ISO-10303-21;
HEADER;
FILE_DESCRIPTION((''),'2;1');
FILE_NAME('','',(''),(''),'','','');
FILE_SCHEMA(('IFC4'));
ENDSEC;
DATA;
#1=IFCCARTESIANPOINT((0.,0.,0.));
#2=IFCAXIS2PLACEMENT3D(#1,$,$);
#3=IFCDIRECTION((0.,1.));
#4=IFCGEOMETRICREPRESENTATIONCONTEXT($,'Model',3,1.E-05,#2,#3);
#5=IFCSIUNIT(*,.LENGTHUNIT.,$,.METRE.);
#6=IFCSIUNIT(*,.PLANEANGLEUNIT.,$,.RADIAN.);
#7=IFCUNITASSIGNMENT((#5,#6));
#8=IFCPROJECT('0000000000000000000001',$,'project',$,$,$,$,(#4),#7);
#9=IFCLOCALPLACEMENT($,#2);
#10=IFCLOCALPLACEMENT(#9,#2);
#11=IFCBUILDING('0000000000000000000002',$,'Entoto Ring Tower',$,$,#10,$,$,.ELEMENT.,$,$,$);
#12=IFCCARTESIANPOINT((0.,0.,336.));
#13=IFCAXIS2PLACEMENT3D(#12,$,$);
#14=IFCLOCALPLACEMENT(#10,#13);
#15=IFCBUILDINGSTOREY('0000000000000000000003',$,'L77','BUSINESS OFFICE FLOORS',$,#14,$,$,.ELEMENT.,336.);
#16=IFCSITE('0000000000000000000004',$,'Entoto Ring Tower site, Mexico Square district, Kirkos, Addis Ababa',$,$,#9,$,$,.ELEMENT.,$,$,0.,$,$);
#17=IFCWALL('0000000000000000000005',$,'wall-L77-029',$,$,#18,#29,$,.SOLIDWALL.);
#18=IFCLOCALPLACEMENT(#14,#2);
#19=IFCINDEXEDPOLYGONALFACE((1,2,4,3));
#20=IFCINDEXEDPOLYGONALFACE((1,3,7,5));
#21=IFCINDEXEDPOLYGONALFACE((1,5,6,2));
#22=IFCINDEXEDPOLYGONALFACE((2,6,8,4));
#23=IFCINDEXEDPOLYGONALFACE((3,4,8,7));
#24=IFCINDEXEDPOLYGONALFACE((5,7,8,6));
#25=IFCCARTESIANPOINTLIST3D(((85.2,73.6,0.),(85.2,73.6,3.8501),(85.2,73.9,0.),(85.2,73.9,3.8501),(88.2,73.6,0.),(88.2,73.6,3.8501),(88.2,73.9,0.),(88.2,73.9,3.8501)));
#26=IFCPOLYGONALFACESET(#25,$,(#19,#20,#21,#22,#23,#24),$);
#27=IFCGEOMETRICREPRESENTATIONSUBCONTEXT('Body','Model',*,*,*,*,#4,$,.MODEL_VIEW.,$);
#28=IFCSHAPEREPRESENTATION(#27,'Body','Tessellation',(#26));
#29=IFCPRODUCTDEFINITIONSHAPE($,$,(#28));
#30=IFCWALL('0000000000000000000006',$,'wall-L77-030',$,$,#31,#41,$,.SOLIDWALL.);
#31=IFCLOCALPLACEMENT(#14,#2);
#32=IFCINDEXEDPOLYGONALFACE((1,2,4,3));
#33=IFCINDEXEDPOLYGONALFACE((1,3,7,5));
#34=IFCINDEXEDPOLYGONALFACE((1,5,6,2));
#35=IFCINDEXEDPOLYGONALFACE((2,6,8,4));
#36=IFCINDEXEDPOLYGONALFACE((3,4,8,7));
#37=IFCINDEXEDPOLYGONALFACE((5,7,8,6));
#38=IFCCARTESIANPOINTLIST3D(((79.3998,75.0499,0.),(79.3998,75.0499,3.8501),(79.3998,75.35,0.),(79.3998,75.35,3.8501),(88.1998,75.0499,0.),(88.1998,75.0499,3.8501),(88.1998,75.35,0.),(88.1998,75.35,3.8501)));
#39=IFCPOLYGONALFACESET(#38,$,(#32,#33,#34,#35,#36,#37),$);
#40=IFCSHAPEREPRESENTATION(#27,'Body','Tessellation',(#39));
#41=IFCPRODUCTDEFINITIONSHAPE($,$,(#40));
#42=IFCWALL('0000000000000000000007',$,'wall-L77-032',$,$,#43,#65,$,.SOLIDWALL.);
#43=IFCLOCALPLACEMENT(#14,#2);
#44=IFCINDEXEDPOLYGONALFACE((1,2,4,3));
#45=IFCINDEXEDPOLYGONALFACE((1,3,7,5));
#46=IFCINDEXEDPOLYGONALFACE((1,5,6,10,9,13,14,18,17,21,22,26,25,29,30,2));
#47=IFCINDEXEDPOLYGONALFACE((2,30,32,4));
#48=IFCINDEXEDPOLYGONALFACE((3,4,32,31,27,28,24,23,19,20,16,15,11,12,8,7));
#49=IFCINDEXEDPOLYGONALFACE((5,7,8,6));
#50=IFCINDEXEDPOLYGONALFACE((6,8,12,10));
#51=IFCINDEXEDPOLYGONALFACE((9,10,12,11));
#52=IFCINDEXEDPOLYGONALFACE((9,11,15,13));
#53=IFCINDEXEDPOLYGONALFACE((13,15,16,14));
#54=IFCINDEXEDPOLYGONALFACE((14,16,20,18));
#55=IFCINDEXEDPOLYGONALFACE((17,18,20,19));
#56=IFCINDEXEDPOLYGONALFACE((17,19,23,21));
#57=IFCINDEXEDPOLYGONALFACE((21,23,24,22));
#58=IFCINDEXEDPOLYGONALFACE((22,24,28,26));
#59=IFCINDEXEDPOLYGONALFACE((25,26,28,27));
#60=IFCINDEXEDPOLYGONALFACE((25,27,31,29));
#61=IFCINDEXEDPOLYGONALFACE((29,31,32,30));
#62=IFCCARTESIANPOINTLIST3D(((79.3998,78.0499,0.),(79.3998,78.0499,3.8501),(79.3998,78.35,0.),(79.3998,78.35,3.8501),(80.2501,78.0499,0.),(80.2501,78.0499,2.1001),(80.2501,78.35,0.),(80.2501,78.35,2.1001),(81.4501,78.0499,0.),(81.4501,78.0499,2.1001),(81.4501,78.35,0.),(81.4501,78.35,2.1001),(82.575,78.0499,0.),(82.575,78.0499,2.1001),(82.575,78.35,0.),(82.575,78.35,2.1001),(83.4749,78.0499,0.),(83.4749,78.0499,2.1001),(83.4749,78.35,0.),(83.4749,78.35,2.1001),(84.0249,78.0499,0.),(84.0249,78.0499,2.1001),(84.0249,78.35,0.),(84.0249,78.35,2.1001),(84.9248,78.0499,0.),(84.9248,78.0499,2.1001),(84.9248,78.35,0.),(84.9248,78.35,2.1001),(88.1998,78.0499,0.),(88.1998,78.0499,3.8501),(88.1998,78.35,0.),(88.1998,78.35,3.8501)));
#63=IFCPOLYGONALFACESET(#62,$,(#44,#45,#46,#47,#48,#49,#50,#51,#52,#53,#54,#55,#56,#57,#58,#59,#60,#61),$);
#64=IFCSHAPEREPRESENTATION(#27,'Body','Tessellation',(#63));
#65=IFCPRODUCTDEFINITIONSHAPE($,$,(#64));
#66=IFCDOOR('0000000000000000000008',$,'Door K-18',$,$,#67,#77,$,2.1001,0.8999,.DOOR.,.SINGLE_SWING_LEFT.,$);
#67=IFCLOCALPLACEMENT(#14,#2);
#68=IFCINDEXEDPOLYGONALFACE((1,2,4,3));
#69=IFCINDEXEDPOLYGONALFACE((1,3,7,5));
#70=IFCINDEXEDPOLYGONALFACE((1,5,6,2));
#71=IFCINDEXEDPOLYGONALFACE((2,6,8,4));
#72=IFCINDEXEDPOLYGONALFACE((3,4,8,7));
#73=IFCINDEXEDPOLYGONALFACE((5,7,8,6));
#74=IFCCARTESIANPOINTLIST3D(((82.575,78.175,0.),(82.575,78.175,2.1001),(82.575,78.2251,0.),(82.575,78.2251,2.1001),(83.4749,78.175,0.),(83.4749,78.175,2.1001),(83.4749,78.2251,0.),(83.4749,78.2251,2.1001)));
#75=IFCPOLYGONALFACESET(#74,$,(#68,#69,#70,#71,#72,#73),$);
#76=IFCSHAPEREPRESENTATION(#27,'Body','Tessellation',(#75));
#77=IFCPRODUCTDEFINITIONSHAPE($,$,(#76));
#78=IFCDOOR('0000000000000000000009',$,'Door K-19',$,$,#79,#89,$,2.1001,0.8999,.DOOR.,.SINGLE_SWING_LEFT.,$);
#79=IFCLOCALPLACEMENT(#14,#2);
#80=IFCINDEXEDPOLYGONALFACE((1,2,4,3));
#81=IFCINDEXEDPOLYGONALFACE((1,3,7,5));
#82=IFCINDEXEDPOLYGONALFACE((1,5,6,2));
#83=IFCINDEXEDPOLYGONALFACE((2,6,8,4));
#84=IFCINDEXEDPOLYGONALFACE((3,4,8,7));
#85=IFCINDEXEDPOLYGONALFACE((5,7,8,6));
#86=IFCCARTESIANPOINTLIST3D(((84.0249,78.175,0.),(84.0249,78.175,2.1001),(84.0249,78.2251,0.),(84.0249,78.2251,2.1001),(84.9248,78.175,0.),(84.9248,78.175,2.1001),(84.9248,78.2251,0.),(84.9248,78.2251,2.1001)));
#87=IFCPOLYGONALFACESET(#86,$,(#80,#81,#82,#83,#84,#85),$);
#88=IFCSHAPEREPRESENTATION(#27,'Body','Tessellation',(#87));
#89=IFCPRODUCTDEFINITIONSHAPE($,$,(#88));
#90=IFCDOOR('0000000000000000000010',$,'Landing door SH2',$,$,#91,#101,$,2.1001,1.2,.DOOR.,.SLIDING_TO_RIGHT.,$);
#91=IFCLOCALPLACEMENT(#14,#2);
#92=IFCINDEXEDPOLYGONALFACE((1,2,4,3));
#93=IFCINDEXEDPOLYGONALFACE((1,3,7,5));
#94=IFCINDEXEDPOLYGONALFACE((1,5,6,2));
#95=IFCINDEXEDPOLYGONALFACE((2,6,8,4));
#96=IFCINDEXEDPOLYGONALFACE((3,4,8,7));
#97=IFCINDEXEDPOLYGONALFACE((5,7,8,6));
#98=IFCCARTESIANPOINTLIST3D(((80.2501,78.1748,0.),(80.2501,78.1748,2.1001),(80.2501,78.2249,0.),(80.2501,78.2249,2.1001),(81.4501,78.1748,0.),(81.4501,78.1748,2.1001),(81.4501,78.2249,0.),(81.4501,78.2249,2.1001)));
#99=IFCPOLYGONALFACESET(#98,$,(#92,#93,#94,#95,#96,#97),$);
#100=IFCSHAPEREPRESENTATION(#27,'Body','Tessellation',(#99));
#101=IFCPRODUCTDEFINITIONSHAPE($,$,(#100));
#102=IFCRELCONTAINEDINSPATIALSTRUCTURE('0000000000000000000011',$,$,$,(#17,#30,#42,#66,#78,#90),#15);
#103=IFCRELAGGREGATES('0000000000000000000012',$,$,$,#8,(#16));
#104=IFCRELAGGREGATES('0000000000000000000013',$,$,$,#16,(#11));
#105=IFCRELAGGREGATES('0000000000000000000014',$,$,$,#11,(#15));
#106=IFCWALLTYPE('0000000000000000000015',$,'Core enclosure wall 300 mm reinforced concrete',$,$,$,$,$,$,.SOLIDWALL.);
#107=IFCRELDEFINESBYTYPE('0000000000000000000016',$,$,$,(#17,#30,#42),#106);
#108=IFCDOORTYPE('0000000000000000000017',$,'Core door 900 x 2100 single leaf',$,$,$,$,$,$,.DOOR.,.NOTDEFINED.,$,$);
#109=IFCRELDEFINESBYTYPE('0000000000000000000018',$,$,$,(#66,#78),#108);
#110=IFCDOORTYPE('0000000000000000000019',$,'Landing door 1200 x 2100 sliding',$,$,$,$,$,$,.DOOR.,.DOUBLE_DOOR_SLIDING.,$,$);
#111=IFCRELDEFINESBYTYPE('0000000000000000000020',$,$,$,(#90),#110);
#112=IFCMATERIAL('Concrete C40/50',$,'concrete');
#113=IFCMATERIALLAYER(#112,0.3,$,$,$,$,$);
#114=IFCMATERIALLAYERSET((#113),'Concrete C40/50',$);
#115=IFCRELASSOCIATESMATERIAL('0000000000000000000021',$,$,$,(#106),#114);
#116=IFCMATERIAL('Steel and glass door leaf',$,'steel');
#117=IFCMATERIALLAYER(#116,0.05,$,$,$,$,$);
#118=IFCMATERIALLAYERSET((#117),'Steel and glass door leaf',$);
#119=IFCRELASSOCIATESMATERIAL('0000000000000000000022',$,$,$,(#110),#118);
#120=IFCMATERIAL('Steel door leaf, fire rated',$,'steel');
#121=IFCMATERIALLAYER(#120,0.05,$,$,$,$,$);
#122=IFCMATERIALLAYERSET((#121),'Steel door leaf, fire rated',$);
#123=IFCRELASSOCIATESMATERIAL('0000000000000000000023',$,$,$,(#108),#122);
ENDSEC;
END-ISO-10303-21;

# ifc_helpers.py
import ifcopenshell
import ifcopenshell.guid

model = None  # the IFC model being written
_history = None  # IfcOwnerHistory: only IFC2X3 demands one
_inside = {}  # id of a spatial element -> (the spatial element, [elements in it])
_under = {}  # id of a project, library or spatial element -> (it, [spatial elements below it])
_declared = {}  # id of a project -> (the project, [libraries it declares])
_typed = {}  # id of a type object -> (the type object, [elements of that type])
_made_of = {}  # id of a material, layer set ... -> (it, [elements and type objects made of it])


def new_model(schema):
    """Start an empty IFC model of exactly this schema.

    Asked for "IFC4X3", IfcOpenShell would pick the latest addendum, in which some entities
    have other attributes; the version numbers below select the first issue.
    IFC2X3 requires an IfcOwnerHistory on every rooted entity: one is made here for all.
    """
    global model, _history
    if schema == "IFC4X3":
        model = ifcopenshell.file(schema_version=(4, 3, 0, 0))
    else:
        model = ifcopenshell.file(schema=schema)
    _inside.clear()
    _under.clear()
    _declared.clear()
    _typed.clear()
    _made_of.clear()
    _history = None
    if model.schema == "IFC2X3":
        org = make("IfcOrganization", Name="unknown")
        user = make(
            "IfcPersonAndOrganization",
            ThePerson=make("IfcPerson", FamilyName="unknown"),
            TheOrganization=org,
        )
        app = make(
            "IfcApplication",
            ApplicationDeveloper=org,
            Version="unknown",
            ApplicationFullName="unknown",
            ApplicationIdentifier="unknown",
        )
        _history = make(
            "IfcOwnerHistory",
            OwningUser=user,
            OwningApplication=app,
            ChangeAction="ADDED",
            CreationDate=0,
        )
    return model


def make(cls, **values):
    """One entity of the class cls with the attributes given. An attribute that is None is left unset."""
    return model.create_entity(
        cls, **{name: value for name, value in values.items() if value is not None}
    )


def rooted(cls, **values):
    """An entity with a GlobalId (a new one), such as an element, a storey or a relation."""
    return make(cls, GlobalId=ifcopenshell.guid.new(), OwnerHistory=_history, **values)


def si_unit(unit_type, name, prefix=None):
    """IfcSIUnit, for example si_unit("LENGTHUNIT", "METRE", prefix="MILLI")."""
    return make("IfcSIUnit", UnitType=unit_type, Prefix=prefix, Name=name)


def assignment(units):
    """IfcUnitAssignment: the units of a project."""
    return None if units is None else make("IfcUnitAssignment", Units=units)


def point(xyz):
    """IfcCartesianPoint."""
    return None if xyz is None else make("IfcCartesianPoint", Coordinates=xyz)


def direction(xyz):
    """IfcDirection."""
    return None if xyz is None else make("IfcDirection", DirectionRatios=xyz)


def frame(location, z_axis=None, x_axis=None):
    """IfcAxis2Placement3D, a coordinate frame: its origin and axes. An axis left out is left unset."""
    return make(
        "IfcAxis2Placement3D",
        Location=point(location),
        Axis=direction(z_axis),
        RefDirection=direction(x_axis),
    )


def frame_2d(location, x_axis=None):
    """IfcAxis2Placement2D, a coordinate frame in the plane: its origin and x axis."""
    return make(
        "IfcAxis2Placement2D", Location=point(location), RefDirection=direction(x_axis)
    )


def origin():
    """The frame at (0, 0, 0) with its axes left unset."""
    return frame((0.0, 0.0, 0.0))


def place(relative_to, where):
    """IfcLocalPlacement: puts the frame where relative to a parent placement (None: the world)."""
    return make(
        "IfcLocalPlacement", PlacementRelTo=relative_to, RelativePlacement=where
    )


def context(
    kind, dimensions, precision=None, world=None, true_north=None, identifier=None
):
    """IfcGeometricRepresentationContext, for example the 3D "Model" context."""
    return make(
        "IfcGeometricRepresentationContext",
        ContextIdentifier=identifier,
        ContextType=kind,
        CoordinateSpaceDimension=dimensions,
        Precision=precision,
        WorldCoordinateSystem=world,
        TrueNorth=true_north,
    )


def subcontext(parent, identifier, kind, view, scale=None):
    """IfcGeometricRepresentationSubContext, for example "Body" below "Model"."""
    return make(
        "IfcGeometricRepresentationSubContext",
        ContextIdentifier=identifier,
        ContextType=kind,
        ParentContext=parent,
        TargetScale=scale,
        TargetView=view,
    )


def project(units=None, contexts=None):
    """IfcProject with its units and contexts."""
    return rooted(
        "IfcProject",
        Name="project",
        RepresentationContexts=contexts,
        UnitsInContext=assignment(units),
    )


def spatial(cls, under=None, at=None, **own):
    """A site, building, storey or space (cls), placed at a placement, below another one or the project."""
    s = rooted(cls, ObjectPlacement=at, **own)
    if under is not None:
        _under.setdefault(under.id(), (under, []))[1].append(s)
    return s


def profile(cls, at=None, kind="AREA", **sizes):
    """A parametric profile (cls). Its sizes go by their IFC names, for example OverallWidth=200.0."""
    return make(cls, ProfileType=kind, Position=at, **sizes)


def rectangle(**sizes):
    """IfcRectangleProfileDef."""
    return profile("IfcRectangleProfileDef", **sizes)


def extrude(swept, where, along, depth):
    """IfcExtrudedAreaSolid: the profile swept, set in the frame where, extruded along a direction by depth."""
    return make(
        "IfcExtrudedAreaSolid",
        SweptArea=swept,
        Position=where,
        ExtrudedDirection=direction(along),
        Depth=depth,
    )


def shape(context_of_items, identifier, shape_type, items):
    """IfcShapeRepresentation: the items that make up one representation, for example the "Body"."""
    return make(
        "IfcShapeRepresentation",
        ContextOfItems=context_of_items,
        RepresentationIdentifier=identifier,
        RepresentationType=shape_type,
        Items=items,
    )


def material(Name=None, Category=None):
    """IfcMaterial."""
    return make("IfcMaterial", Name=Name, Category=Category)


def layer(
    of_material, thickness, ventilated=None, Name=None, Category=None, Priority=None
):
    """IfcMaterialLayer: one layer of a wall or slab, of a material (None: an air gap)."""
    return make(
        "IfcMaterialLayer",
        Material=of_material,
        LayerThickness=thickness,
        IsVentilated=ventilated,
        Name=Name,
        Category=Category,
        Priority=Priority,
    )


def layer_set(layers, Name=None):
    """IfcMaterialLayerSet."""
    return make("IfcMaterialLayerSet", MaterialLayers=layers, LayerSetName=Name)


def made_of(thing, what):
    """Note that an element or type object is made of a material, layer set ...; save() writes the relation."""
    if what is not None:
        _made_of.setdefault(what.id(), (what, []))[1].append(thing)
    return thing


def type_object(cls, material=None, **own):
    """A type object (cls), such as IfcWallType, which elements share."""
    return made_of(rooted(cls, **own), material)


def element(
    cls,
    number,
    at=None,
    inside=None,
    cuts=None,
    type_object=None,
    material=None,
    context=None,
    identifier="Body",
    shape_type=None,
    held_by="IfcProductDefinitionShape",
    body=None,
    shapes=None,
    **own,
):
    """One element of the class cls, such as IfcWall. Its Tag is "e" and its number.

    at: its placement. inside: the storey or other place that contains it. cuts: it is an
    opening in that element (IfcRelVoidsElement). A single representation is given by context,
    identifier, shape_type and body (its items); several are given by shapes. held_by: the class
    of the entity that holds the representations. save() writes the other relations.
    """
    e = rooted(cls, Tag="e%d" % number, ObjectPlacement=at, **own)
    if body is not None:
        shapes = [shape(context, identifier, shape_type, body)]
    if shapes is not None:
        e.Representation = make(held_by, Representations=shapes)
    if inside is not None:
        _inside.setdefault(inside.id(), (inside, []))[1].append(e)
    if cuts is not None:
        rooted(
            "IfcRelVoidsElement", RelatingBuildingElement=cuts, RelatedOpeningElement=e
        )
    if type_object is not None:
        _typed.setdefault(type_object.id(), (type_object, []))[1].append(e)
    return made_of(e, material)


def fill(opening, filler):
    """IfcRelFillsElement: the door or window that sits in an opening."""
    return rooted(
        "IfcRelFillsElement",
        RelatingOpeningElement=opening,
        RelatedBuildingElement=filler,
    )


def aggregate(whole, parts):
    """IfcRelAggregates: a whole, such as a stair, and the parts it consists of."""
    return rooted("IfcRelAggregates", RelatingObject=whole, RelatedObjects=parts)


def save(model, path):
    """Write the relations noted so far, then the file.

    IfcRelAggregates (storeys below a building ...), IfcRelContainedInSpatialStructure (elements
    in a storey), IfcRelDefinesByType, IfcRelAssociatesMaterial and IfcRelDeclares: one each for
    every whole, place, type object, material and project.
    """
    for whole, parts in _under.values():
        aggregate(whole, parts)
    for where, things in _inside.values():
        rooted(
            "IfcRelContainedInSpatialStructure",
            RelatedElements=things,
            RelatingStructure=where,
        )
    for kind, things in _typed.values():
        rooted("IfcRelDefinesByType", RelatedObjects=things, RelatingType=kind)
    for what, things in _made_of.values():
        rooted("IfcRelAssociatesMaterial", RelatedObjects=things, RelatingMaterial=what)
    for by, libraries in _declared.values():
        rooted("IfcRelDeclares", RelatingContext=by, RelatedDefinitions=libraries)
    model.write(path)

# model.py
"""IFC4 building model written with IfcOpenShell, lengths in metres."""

from ifc_helpers import new_model, si_unit, direction, frame, frame_2d, origin, place, context, subcontext, project, spatial, rectangle, extrude, material, layer, layer_set, type_object, element, fill, save


model = new_model("IFC4")

# Units and contexts
model_context = context("Model", 3, precision=1e-05, world=origin(), true_north=direction((0.0, 1.0)))
body_context = subcontext(model_context, "Body", "Model", "MODEL_VIEW")
ifc_project = project(units=[si_unit("LENGTHUNIT", "METRE"), si_unit("PLANEANGLEUNIT", "RADIAN")], contexts=[model_context])

# Site, building, storey
site_placement = place(None, origin())
site = spatial("IfcSite", under=ifc_project, at=site_placement, Name="Entoto Ring Tower site, Mexico Square district, Kirkos, Addis Ababa", CompositionType="ELEMENT", RefElevation=0.0)
building_placement = place(site_placement, origin())
building = spatial("IfcBuilding", under=site, at=building_placement, Name="Entoto Ring Tower", CompositionType="ELEMENT")
storey_placement = place(building_placement, frame((0.0, 0.0, 336.0)))
storey = spatial("IfcBuildingStorey", under=building, at=storey_placement, Name="L77", Description="BUSINESS OFFICE FLOORS", CompositionType="ELEMENT", Elevation=336.0)

# Shared definitions
ifc_material_1 = material(Name="Concrete C40/50", Category="concrete")
ifc_layer_1 = layer(ifc_material_1, 0.3)
ifc_layer_set_1 = layer_set([ifc_layer_1], Name="Concrete C40/50")
wall_type_1 = type_object("IfcWallType", Name="Core enclosure wall 300 mm reinforced concrete", PredefinedType="SOLIDWALL", material=ifc_layer_set_1)
ifc_material_2 = material(Name="Steel and glass door leaf", Category="steel")
ifc_layer_2 = layer(ifc_material_2, 0.05)
ifc_layer_set_2 = layer_set([ifc_layer_2], Name="Steel and glass door leaf")
door_type_1 = type_object("IfcDoorType", Name="Landing door 1200 x 2100 sliding", OperationType="DOUBLE_DOOR_SLIDING", PredefinedType="DOOR", material=ifc_layer_set_2)

# Walls
wall_1_placement = place(storey_placement, frame((85.2, 73.75, 0.0), z_axis=(0.0, 0.0, 1.0), x_axis=(1.0, 0.0, 0.0)))
element("IfcWall", 1, at=wall_1_placement, inside=storey, type_object=wall_type_1, Name="wall-L77-029", PredefinedType="SOLIDWALL", context=body_context, shape_type="SweptSolid", body=[
    extrude(rectangle(XDim=3.0, YDim=0.3, at=frame_2d((1.5, 0.0))), origin(), (0.0, 0.0, 1.0), 3.8501),
])
wall_2_placement = place(storey_placement, frame((79.3999, 75.2, 0.0), z_axis=(0.0, 0.0, 1.0), x_axis=(1.0, 0.0, 0.0)))
element("IfcWall", 2, at=wall_2_placement, inside=storey, type_object=wall_type_1, Name="wall-L77-030", PredefinedType="SOLIDWALL", context=body_context, shape_type="SweptSolid", body=[
    extrude(rectangle(XDim=8.8, YDim=0.3, at=frame_2d((4.3999, 0.0))), origin(), (0.0, 0.0, 1.0), 3.8501),
])

# Wall, openings, doors
wall_3_placement = place(storey_placement, frame((79.3999, 78.2, 0.0), z_axis=(0.0, 0.0, 1.0), x_axis=(1.0, 0.0, 0.0)))
wall_3 = element("IfcWall", 3, at=wall_3_placement, inside=storey, type_object=wall_type_1, Name="wall-L77-032", PredefinedType="SOLIDWALL", context=body_context, shape_type="SweptSolid", body=[
    extrude(rectangle(XDim=8.8, YDim=0.3, at=frame_2d((4.3999, 0.0))), origin(), (0.0, 0.0, 1.0), 3.8501),
])
opening_1_placement = place(wall_3_placement, frame((0.8501, 0.0, 0.0)))
opening_1 = element("IfcOpeningElement", 4, at=opening_1_placement, cuts=wall_3, PredefinedType="OPENING", context=body_context, shape_type="SweptSolid", body=[
    extrude(rectangle(XDim=1.2, YDim=2.1001, at=frame_2d((0.6001, 1.05))), frame((0.0, 0.1602, 0.0), z_axis=(0.0, -1.0, 0.0), x_axis=(1.0, 0.0, 0.0)), (0.0, 0.0, 1.0), 0.3201),
])
opening_2_placement = place(wall_3_placement, frame((3.175, 0.0, 0.0)))
opening_2 = element("IfcOpeningElement", 5, at=opening_2_placement, cuts=wall_3, PredefinedType="OPENING", context=body_context, shape_type="SweptSolid", body=[
    extrude(rectangle(XDim=0.8999, YDim=2.1001, at=frame_2d((0.45, 1.05))), frame((0.0, 0.1602, 0.0), z_axis=(0.0, -1.0, 0.0), x_axis=(1.0, 0.0, 0.0)), (0.0, 0.0, 1.0), 0.3201),
])
opening_3_placement = place(wall_3_placement, frame((4.625, 0.0, 0.0)))
opening_3 = element("IfcOpeningElement", 6, at=opening_3_placement, cuts=wall_3, PredefinedType="OPENING", context=body_context, shape_type="SweptSolid", body=[
    extrude(rectangle(XDim=0.8999, YDim=2.1001, at=frame_2d((0.45, 1.05))), frame((0.0, 0.1602, 0.0), z_axis=(0.0, -1.0, 0.0), x_axis=(1.0, 0.0, 0.0)), (0.0, 0.0, 1.0), 0.3201),
])
ifc_material_3 = material(Name="Steel door leaf, fire rated", Category="steel")
ifc_layer_3 = layer(ifc_material_3, 0.05)
ifc_layer_set_3 = layer_set([ifc_layer_3], Name="Steel door leaf, fire rated")
door_type_2 = type_object("IfcDoorType", Name="Core door 900 x 2100 single leaf", OperationType="NOTDEFINED", PredefinedType="DOOR", material=ifc_layer_set_3)
door_1_placement = place(opening_2_placement, frame((0.8999, 0.0, 0.0), z_axis=(0.0, 0.0, 1.0), x_axis=(-1.0, 0.0, 0.0)))
door_1 = element("IfcDoor", 7, at=door_1_placement, inside=storey, type_object=door_type_2, Name="Door K-18", OperationType="SINGLE_SWING_LEFT", OverallHeight=2.1001, OverallWidth=0.8999, PredefinedType="DOOR", context=body_context, shape_type="SweptSolid", body=[
    extrude(rectangle(XDim=0.8999, YDim=2.1001, at=frame_2d((0.45, 1.05))), frame((0.0, 0.0249, 0.0), z_axis=(0.0, -1.0, 0.0), x_axis=(1.0, 0.0, 0.0)), (0.0, 0.0, 1.0), 0.05),
])
fill(opening_2, door_1)
door_2_placement = place(opening_3_placement, frame((0.8999, 0.0, 0.0), z_axis=(0.0, 0.0, 1.0), x_axis=(-1.0, 0.0, 0.0)))
door_2 = element("IfcDoor", 8, at=door_2_placement, inside=storey, type_object=door_type_2, Name="Door K-19", OperationType="SINGLE_SWING_LEFT", OverallHeight=2.1001, OverallWidth=0.8999, PredefinedType="DOOR", context=body_context, shape_type="SweptSolid", body=[
    extrude(rectangle(XDim=0.8999, YDim=2.1001, at=frame_2d((0.45, 1.05))), frame((0.0, 0.0249, 0.0), z_axis=(0.0, -1.0, 0.0), x_axis=(1.0, 0.0, 0.0)), (0.0, 0.0, 1.0), 0.05),
])
fill(opening_3, door_2)
door_3_placement = place(opening_1_placement, origin())
door_3 = element("IfcDoor", 9, at=door_3_placement, inside=storey, type_object=door_type_1, Name="Landing door SH2", OperationType="SLIDING_TO_RIGHT", OverallHeight=2.1001, OverallWidth=1.2, PredefinedType="DOOR", context=body_context, shape_type="SweptSolid", body=[
    extrude(rectangle(XDim=1.2, YDim=2.1001, at=frame_2d((0.6001, 1.05))), frame((0.0, 0.0249, 0.0), z_axis=(0.0, -1.0, 0.0), x_axis=(1.0, 0.0, 0.0)), (0.0, 0.0, 1.0), 0.05),
])
fill(opening_1, door_3)

save(model, "model.ifc")
